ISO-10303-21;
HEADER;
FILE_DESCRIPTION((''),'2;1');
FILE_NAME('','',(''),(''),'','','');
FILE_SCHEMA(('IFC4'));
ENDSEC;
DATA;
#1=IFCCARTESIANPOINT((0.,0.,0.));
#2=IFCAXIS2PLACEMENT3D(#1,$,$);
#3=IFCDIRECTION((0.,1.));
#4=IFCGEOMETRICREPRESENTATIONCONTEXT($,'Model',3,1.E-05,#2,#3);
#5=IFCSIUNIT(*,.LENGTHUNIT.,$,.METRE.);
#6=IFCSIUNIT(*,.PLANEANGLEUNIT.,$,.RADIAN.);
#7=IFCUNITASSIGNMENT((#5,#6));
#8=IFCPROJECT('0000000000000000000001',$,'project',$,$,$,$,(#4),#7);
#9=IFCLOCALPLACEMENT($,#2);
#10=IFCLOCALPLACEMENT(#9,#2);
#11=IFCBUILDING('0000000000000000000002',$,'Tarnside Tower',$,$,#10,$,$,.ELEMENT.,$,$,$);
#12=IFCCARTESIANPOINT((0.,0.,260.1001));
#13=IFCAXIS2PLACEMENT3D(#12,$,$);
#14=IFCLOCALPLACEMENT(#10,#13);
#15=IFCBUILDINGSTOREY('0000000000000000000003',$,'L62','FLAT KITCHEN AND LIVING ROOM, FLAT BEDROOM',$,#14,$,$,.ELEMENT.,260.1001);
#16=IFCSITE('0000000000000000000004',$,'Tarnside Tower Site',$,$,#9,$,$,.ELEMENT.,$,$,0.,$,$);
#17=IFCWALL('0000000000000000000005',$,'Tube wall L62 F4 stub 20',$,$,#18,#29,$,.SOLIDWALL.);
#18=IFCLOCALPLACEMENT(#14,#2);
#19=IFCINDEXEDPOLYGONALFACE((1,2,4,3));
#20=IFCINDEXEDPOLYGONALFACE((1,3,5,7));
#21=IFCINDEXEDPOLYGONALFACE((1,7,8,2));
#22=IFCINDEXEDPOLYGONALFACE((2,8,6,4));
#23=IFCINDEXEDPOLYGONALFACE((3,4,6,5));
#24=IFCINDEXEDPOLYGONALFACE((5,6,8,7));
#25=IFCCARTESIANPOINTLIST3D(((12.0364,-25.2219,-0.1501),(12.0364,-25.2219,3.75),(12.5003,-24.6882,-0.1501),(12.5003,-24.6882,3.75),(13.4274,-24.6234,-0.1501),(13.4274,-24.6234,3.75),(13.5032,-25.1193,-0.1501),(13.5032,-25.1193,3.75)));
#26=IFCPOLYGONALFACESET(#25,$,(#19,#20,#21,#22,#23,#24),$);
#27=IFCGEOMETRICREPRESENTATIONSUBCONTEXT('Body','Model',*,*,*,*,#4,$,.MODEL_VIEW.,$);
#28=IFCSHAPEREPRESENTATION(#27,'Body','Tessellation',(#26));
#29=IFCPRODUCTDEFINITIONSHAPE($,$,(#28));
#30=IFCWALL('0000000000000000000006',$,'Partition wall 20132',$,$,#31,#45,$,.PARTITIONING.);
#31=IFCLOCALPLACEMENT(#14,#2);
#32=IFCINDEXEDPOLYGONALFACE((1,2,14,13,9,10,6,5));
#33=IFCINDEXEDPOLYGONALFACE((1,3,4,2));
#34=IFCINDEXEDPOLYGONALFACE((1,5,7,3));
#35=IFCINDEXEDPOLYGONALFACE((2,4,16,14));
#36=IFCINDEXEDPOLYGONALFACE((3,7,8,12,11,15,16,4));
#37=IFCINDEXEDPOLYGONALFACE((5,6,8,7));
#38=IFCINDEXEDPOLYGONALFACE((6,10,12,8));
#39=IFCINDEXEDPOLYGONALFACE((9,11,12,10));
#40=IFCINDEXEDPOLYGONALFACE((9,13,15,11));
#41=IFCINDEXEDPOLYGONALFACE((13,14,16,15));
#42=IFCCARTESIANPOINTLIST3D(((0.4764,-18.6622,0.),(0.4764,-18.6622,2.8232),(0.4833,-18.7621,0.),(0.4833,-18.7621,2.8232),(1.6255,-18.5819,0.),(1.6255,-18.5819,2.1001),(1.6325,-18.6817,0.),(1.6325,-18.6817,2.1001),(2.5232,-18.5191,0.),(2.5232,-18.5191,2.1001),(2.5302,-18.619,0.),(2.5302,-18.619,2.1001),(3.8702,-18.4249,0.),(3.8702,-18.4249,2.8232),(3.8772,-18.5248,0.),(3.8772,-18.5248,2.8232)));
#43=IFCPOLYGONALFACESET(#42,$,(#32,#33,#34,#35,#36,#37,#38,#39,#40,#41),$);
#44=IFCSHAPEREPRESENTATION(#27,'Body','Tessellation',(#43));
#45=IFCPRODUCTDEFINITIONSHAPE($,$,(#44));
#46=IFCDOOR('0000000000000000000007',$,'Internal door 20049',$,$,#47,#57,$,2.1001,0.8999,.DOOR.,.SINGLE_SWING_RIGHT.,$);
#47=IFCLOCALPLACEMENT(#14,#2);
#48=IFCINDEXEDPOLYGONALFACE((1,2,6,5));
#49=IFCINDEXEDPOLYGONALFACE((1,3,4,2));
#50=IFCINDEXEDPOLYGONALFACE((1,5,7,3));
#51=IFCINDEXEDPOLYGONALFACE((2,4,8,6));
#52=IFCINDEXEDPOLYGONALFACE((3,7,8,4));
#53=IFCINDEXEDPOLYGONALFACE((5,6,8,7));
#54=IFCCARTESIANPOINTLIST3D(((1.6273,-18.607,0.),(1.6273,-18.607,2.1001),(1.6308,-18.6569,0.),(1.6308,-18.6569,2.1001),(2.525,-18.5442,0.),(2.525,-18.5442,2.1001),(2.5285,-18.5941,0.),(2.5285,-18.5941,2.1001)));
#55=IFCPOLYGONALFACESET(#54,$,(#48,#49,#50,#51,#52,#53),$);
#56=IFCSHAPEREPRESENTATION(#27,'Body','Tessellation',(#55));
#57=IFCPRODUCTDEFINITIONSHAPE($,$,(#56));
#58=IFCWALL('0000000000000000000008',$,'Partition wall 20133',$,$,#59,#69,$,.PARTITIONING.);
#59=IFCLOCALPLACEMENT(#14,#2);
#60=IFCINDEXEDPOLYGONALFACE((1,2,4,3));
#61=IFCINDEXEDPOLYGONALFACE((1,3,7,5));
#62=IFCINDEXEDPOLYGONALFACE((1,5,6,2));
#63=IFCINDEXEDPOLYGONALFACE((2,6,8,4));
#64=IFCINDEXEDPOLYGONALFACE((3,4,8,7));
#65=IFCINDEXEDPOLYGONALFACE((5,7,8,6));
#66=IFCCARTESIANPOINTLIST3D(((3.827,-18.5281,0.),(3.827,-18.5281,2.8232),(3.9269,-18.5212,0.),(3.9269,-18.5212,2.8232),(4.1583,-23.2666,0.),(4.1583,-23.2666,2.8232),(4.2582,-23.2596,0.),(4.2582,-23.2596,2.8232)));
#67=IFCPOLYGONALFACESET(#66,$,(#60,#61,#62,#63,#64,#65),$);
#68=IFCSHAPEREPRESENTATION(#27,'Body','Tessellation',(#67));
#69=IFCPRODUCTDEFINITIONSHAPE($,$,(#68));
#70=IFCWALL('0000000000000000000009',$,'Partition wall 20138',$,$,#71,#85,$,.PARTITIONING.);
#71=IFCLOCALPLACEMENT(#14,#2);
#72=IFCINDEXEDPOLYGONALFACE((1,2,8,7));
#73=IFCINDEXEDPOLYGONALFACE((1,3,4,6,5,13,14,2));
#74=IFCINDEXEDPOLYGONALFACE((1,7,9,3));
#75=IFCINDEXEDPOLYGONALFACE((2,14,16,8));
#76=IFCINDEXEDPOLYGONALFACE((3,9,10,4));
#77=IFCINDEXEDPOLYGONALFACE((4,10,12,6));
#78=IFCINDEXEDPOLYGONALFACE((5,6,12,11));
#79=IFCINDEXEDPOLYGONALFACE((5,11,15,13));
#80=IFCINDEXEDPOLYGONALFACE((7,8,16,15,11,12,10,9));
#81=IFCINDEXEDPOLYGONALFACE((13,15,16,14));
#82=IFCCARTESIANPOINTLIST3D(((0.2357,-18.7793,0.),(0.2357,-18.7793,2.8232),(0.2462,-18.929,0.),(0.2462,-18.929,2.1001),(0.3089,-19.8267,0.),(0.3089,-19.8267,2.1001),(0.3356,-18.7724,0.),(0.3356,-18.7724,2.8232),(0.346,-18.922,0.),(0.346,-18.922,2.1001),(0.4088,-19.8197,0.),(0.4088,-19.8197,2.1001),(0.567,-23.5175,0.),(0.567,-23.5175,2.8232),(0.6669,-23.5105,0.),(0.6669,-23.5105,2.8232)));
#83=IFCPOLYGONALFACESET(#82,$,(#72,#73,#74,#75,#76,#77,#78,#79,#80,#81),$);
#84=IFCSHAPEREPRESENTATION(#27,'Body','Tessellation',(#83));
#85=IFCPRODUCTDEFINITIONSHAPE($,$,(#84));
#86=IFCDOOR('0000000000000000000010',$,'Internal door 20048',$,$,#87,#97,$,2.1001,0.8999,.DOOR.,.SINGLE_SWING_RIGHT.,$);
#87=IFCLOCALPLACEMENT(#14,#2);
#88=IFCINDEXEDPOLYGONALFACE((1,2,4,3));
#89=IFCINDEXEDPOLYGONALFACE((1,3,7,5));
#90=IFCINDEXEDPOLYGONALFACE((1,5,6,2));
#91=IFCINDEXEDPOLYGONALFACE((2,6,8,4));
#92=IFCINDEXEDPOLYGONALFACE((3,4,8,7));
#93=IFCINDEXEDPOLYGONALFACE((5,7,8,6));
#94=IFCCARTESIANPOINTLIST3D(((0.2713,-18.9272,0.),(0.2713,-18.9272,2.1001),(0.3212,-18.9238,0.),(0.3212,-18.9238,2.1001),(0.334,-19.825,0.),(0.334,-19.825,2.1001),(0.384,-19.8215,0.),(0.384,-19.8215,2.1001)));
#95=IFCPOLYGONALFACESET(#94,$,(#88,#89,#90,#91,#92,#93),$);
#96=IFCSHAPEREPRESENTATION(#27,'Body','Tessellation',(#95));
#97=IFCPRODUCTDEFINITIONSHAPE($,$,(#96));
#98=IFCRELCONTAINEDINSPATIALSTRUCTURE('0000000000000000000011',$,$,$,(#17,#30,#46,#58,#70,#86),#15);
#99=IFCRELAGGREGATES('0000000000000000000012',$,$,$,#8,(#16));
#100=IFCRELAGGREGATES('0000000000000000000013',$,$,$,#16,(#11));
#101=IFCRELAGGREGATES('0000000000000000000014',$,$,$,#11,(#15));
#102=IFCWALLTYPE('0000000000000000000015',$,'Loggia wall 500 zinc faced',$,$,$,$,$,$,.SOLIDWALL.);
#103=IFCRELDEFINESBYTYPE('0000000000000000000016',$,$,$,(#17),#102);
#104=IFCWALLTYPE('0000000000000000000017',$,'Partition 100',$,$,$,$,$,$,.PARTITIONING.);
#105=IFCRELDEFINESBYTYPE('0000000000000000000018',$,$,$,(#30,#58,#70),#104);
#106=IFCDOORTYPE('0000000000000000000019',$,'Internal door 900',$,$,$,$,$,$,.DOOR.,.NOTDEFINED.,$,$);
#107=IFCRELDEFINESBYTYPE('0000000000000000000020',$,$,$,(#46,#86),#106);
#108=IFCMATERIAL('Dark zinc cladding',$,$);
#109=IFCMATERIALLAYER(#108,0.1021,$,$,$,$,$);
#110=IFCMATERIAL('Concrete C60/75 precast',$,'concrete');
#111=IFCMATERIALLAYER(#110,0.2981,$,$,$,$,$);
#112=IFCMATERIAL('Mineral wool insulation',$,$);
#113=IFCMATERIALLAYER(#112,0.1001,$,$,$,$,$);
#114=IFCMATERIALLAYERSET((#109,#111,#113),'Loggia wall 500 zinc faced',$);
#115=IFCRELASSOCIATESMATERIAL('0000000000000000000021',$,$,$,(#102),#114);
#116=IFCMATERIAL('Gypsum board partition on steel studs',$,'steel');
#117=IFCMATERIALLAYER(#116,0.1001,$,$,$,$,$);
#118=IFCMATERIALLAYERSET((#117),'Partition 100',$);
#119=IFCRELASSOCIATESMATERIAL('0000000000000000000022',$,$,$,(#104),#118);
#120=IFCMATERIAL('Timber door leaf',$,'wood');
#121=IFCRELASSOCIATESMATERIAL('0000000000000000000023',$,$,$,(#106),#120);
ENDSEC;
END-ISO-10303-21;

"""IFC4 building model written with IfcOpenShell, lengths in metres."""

from ifc_helpers import new_model, si_unit, direction, frame, frame_2d, origin, place, context, subcontext, project, spatial, polyline, rectangle, outline, extrude, material, layer, layer_set, type_object, element, fill, save


model = new_model("IFC4")

# Units and contexts
model_context = context("Model", 3, precision=1e-05, world=origin(), true_north=direction((0.0, 1.0)))
body_context = subcontext(model_context, "Body", "Model", "MODEL_VIEW")
ifc_project = project(units=[si_unit("LENGTHUNIT", "METRE"), si_unit("PLANEANGLEUNIT", "RADIAN")], contexts=[model_context])

# Site, building, storey
site_placement = place(None, origin())
site = spatial("IfcSite", under=ifc_project, at=site_placement, Name="Tarnside Tower Site", CompositionType="ELEMENT", RefElevation=0.0)
building_placement = place(site_placement, origin())
building = spatial("IfcBuilding", under=site, at=building_placement, Name="Tarnside Tower", CompositionType="ELEMENT")
storey_placement = place(building_placement, frame((0.0, 0.0, 260.1001)))
storey = spatial("IfcBuildingStorey", under=building, at=storey_placement, Name="L62", Description="FLAT KITCHEN AND LIVING ROOM, FLAT BEDROOM", CompositionType="ELEMENT", Elevation=260.1001)

# Shared definitions
ifc_material_1 = material(Name="Gypsum board partition on steel studs", Category="steel")

# Shared definitions
ifc_material_2 = material(Name="Timber door leaf", Category="wood")

# Wall
ifc_material_3 = material(Name="Dark zinc cladding")
ifc_layer_1 = layer(ifc_material_3, 0.1021)
ifc_material_4 = material(Name="Concrete C60/75 precast", Category="concrete")
ifc_layer_2 = layer(ifc_material_4, 0.2981)
ifc_material_5 = material(Name="Mineral wool insulation")
ifc_layer_3 = layer(ifc_material_5, 0.1001)
ifc_layer_set_1 = layer_set([ifc_layer_1, ifc_layer_2, ifc_layer_3], Name="Loggia wall 500 zinc faced")
wall_type_1 = type_object("IfcWallType", Name="Loggia wall 500 zinc faced", PredefinedType="SOLIDWALL", material=ifc_layer_set_1)
wall_1_placement = place(storey_placement, frame((12.2683, -24.9551, -0.1501), z_axis=(0.0, 0.0, 1.0), x_axis=(0.997562, 0.069787, 0.0)))
element("IfcWall", 1, at=wall_1_placement, inside=storey, type_object=wall_type_1, Name="Tube wall L62 F4 stub 20", PredefinedType="SOLIDWALL", context=body_context, shape_type="SweptSolid", body=[
    extrude(outline(polyline([(-0.25, -0.25), (1.2205, -0.25), (1.1794, 0.25), (0.25, 0.25), (-0.25, -0.25)])), origin(), (0.0, 0.0, 1.0), 3.9001),
])

# Wall, opening, door
ifc_layer_4 = layer(ifc_material_1, 0.1001)
ifc_layer_set_2 = layer_set([ifc_layer_4], Name="Partition 100")
wall_type_2 = type_object("IfcWallType", Name="Partition 100", PredefinedType="PARTITIONING", material=ifc_layer_set_2)
wall_2_placement = place(storey_placement, frame((0.4797, -18.7122, 0.0), z_axis=(0.0, 0.0, 1.0), x_axis=(0.997564, 0.069753, 0.0)))
wall_2 = element("IfcWall", 2, at=wall_2_placement, inside=storey, type_object=wall_type_2, Name="Partition wall 20132", PredefinedType="PARTITIONING", context=body_context, shape_type="SweptSolid", body=[
    extrude(rectangle(XDim=3.4021, YDim=0.1001, at=frame_2d((1.7012, 0.0))), origin(), (0.0, 0.0, 1.0), 2.8232),
])
opening_1_placement = place(wall_2_placement, frame((1.1521, 0.0, 0.0)))
opening_1 = element("IfcOpeningElement", 3, at=opening_1_placement, cuts=wall_2, PredefinedType="OPENING", context=body_context, shape_type="SweptSolid", body=[
    extrude(rectangle(XDim=0.8999, YDim=2.1001, at=frame_2d((0.45, 1.05))), frame((0.0, 0.0601, 0.0), z_axis=(0.0, -1.0, 0.0), x_axis=(1.0, 0.0, 0.0)), (0.0, 0.0, 1.0), 0.1201),
])
door_type_1 = type_object("IfcDoorType", Name="Internal door 900", OperationType="NOTDEFINED", PredefinedType="DOOR", material=ifc_material_2)
door_1_placement = place(opening_1_placement, origin())
door_1 = element("IfcDoor", 4, at=door_1_placement, inside=storey, type_object=door_type_1, Name="Internal door 20049", OperationType="SINGLE_SWING_RIGHT", OverallHeight=2.1001, OverallWidth=0.8999, PredefinedType="DOOR", context=body_context, shape_type="SweptSolid", body=[
    extrude(rectangle(XDim=0.8999, YDim=2.1001, at=frame_2d((0.45, 1.05))), frame((0.0, 0.0249, 0.0), z_axis=(0.0, -1.0, 0.0), x_axis=(1.0, 0.0, 0.0)), (0.0, 0.0, 1.0), 0.05),
])
fill(opening_1, door_1)

# Wall
wall_3_placement = place(storey_placement, frame((3.877, -18.5247, 0.0), z_axis=(0.0, 0.0, 1.0), x_axis=(0.069746, -0.997565, 0.0)))
element("IfcWall", 5, at=wall_3_placement, inside=storey, type_object=wall_type_2, Name="Partition wall 20133", PredefinedType="PARTITIONING", context=body_context, shape_type="SweptSolid", body=[
    extrude(rectangle(XDim=4.75, YDim=0.1001, at=frame_2d((2.375, 0.0))), origin(), (0.0, 0.0, 1.0), 2.8232),
])

# Wall, opening, door
wall_4_placement = place(storey_placement, frame((0.6169, -23.5142, 0.0), z_axis=(0.0, 0.0, 1.0), x_axis=(-0.069749, 0.997565, 0.0)))
wall_4 = element("IfcWall", 6, at=wall_4_placement, inside=storey, type_object=wall_type_2, Name="Partition wall 20138", PredefinedType="PARTITIONING", context=body_context, shape_type="SweptSolid", body=[
    extrude(rectangle(XDim=4.7498, YDim=0.1001, at=frame_2d((2.375, 0.0))), origin(), (0.0, 0.0, 1.0), 2.8232),
])
opening_2_placement = place(wall_4_placement, frame((3.7, 0.0, 0.0)))
opening_2 = element("IfcOpeningElement", 7, at=opening_2_placement, cuts=wall_4, PredefinedType="OPENING", context=body_context, shape_type="SweptSolid", body=[
    extrude(rectangle(XDim=0.8999, YDim=2.1001, at=frame_2d((0.45, 1.05))), frame((0.0, 0.0601, 0.0), z_axis=(0.0, -1.0, 0.0), x_axis=(1.0, 0.0, 0.0)), (0.0, 0.0, 1.0), 0.1201),
])
door_2_placement = place(opening_2_placement, origin())
door_2 = element("IfcDoor", 8, at=door_2_placement, inside=storey, type_object=door_type_1, Name="Internal door 20048", OperationType="SINGLE_SWING_RIGHT", OverallHeight=2.1001, OverallWidth=0.8999, PredefinedType="DOOR", context=body_context, shape_type="SweptSolid", body=[
    extrude(rectangle(XDim=0.8999, YDim=2.1001, at=frame_2d((0.45, 1.05))), frame((0.0, 0.0249, 0.0), z_axis=(0.0, -1.0, 0.0), x_axis=(1.0, 0.0, 0.0)), (0.0, 0.0, 1.0), 0.05),
])
fill(opening_2, door_2)

save(model, "model.ifc")
